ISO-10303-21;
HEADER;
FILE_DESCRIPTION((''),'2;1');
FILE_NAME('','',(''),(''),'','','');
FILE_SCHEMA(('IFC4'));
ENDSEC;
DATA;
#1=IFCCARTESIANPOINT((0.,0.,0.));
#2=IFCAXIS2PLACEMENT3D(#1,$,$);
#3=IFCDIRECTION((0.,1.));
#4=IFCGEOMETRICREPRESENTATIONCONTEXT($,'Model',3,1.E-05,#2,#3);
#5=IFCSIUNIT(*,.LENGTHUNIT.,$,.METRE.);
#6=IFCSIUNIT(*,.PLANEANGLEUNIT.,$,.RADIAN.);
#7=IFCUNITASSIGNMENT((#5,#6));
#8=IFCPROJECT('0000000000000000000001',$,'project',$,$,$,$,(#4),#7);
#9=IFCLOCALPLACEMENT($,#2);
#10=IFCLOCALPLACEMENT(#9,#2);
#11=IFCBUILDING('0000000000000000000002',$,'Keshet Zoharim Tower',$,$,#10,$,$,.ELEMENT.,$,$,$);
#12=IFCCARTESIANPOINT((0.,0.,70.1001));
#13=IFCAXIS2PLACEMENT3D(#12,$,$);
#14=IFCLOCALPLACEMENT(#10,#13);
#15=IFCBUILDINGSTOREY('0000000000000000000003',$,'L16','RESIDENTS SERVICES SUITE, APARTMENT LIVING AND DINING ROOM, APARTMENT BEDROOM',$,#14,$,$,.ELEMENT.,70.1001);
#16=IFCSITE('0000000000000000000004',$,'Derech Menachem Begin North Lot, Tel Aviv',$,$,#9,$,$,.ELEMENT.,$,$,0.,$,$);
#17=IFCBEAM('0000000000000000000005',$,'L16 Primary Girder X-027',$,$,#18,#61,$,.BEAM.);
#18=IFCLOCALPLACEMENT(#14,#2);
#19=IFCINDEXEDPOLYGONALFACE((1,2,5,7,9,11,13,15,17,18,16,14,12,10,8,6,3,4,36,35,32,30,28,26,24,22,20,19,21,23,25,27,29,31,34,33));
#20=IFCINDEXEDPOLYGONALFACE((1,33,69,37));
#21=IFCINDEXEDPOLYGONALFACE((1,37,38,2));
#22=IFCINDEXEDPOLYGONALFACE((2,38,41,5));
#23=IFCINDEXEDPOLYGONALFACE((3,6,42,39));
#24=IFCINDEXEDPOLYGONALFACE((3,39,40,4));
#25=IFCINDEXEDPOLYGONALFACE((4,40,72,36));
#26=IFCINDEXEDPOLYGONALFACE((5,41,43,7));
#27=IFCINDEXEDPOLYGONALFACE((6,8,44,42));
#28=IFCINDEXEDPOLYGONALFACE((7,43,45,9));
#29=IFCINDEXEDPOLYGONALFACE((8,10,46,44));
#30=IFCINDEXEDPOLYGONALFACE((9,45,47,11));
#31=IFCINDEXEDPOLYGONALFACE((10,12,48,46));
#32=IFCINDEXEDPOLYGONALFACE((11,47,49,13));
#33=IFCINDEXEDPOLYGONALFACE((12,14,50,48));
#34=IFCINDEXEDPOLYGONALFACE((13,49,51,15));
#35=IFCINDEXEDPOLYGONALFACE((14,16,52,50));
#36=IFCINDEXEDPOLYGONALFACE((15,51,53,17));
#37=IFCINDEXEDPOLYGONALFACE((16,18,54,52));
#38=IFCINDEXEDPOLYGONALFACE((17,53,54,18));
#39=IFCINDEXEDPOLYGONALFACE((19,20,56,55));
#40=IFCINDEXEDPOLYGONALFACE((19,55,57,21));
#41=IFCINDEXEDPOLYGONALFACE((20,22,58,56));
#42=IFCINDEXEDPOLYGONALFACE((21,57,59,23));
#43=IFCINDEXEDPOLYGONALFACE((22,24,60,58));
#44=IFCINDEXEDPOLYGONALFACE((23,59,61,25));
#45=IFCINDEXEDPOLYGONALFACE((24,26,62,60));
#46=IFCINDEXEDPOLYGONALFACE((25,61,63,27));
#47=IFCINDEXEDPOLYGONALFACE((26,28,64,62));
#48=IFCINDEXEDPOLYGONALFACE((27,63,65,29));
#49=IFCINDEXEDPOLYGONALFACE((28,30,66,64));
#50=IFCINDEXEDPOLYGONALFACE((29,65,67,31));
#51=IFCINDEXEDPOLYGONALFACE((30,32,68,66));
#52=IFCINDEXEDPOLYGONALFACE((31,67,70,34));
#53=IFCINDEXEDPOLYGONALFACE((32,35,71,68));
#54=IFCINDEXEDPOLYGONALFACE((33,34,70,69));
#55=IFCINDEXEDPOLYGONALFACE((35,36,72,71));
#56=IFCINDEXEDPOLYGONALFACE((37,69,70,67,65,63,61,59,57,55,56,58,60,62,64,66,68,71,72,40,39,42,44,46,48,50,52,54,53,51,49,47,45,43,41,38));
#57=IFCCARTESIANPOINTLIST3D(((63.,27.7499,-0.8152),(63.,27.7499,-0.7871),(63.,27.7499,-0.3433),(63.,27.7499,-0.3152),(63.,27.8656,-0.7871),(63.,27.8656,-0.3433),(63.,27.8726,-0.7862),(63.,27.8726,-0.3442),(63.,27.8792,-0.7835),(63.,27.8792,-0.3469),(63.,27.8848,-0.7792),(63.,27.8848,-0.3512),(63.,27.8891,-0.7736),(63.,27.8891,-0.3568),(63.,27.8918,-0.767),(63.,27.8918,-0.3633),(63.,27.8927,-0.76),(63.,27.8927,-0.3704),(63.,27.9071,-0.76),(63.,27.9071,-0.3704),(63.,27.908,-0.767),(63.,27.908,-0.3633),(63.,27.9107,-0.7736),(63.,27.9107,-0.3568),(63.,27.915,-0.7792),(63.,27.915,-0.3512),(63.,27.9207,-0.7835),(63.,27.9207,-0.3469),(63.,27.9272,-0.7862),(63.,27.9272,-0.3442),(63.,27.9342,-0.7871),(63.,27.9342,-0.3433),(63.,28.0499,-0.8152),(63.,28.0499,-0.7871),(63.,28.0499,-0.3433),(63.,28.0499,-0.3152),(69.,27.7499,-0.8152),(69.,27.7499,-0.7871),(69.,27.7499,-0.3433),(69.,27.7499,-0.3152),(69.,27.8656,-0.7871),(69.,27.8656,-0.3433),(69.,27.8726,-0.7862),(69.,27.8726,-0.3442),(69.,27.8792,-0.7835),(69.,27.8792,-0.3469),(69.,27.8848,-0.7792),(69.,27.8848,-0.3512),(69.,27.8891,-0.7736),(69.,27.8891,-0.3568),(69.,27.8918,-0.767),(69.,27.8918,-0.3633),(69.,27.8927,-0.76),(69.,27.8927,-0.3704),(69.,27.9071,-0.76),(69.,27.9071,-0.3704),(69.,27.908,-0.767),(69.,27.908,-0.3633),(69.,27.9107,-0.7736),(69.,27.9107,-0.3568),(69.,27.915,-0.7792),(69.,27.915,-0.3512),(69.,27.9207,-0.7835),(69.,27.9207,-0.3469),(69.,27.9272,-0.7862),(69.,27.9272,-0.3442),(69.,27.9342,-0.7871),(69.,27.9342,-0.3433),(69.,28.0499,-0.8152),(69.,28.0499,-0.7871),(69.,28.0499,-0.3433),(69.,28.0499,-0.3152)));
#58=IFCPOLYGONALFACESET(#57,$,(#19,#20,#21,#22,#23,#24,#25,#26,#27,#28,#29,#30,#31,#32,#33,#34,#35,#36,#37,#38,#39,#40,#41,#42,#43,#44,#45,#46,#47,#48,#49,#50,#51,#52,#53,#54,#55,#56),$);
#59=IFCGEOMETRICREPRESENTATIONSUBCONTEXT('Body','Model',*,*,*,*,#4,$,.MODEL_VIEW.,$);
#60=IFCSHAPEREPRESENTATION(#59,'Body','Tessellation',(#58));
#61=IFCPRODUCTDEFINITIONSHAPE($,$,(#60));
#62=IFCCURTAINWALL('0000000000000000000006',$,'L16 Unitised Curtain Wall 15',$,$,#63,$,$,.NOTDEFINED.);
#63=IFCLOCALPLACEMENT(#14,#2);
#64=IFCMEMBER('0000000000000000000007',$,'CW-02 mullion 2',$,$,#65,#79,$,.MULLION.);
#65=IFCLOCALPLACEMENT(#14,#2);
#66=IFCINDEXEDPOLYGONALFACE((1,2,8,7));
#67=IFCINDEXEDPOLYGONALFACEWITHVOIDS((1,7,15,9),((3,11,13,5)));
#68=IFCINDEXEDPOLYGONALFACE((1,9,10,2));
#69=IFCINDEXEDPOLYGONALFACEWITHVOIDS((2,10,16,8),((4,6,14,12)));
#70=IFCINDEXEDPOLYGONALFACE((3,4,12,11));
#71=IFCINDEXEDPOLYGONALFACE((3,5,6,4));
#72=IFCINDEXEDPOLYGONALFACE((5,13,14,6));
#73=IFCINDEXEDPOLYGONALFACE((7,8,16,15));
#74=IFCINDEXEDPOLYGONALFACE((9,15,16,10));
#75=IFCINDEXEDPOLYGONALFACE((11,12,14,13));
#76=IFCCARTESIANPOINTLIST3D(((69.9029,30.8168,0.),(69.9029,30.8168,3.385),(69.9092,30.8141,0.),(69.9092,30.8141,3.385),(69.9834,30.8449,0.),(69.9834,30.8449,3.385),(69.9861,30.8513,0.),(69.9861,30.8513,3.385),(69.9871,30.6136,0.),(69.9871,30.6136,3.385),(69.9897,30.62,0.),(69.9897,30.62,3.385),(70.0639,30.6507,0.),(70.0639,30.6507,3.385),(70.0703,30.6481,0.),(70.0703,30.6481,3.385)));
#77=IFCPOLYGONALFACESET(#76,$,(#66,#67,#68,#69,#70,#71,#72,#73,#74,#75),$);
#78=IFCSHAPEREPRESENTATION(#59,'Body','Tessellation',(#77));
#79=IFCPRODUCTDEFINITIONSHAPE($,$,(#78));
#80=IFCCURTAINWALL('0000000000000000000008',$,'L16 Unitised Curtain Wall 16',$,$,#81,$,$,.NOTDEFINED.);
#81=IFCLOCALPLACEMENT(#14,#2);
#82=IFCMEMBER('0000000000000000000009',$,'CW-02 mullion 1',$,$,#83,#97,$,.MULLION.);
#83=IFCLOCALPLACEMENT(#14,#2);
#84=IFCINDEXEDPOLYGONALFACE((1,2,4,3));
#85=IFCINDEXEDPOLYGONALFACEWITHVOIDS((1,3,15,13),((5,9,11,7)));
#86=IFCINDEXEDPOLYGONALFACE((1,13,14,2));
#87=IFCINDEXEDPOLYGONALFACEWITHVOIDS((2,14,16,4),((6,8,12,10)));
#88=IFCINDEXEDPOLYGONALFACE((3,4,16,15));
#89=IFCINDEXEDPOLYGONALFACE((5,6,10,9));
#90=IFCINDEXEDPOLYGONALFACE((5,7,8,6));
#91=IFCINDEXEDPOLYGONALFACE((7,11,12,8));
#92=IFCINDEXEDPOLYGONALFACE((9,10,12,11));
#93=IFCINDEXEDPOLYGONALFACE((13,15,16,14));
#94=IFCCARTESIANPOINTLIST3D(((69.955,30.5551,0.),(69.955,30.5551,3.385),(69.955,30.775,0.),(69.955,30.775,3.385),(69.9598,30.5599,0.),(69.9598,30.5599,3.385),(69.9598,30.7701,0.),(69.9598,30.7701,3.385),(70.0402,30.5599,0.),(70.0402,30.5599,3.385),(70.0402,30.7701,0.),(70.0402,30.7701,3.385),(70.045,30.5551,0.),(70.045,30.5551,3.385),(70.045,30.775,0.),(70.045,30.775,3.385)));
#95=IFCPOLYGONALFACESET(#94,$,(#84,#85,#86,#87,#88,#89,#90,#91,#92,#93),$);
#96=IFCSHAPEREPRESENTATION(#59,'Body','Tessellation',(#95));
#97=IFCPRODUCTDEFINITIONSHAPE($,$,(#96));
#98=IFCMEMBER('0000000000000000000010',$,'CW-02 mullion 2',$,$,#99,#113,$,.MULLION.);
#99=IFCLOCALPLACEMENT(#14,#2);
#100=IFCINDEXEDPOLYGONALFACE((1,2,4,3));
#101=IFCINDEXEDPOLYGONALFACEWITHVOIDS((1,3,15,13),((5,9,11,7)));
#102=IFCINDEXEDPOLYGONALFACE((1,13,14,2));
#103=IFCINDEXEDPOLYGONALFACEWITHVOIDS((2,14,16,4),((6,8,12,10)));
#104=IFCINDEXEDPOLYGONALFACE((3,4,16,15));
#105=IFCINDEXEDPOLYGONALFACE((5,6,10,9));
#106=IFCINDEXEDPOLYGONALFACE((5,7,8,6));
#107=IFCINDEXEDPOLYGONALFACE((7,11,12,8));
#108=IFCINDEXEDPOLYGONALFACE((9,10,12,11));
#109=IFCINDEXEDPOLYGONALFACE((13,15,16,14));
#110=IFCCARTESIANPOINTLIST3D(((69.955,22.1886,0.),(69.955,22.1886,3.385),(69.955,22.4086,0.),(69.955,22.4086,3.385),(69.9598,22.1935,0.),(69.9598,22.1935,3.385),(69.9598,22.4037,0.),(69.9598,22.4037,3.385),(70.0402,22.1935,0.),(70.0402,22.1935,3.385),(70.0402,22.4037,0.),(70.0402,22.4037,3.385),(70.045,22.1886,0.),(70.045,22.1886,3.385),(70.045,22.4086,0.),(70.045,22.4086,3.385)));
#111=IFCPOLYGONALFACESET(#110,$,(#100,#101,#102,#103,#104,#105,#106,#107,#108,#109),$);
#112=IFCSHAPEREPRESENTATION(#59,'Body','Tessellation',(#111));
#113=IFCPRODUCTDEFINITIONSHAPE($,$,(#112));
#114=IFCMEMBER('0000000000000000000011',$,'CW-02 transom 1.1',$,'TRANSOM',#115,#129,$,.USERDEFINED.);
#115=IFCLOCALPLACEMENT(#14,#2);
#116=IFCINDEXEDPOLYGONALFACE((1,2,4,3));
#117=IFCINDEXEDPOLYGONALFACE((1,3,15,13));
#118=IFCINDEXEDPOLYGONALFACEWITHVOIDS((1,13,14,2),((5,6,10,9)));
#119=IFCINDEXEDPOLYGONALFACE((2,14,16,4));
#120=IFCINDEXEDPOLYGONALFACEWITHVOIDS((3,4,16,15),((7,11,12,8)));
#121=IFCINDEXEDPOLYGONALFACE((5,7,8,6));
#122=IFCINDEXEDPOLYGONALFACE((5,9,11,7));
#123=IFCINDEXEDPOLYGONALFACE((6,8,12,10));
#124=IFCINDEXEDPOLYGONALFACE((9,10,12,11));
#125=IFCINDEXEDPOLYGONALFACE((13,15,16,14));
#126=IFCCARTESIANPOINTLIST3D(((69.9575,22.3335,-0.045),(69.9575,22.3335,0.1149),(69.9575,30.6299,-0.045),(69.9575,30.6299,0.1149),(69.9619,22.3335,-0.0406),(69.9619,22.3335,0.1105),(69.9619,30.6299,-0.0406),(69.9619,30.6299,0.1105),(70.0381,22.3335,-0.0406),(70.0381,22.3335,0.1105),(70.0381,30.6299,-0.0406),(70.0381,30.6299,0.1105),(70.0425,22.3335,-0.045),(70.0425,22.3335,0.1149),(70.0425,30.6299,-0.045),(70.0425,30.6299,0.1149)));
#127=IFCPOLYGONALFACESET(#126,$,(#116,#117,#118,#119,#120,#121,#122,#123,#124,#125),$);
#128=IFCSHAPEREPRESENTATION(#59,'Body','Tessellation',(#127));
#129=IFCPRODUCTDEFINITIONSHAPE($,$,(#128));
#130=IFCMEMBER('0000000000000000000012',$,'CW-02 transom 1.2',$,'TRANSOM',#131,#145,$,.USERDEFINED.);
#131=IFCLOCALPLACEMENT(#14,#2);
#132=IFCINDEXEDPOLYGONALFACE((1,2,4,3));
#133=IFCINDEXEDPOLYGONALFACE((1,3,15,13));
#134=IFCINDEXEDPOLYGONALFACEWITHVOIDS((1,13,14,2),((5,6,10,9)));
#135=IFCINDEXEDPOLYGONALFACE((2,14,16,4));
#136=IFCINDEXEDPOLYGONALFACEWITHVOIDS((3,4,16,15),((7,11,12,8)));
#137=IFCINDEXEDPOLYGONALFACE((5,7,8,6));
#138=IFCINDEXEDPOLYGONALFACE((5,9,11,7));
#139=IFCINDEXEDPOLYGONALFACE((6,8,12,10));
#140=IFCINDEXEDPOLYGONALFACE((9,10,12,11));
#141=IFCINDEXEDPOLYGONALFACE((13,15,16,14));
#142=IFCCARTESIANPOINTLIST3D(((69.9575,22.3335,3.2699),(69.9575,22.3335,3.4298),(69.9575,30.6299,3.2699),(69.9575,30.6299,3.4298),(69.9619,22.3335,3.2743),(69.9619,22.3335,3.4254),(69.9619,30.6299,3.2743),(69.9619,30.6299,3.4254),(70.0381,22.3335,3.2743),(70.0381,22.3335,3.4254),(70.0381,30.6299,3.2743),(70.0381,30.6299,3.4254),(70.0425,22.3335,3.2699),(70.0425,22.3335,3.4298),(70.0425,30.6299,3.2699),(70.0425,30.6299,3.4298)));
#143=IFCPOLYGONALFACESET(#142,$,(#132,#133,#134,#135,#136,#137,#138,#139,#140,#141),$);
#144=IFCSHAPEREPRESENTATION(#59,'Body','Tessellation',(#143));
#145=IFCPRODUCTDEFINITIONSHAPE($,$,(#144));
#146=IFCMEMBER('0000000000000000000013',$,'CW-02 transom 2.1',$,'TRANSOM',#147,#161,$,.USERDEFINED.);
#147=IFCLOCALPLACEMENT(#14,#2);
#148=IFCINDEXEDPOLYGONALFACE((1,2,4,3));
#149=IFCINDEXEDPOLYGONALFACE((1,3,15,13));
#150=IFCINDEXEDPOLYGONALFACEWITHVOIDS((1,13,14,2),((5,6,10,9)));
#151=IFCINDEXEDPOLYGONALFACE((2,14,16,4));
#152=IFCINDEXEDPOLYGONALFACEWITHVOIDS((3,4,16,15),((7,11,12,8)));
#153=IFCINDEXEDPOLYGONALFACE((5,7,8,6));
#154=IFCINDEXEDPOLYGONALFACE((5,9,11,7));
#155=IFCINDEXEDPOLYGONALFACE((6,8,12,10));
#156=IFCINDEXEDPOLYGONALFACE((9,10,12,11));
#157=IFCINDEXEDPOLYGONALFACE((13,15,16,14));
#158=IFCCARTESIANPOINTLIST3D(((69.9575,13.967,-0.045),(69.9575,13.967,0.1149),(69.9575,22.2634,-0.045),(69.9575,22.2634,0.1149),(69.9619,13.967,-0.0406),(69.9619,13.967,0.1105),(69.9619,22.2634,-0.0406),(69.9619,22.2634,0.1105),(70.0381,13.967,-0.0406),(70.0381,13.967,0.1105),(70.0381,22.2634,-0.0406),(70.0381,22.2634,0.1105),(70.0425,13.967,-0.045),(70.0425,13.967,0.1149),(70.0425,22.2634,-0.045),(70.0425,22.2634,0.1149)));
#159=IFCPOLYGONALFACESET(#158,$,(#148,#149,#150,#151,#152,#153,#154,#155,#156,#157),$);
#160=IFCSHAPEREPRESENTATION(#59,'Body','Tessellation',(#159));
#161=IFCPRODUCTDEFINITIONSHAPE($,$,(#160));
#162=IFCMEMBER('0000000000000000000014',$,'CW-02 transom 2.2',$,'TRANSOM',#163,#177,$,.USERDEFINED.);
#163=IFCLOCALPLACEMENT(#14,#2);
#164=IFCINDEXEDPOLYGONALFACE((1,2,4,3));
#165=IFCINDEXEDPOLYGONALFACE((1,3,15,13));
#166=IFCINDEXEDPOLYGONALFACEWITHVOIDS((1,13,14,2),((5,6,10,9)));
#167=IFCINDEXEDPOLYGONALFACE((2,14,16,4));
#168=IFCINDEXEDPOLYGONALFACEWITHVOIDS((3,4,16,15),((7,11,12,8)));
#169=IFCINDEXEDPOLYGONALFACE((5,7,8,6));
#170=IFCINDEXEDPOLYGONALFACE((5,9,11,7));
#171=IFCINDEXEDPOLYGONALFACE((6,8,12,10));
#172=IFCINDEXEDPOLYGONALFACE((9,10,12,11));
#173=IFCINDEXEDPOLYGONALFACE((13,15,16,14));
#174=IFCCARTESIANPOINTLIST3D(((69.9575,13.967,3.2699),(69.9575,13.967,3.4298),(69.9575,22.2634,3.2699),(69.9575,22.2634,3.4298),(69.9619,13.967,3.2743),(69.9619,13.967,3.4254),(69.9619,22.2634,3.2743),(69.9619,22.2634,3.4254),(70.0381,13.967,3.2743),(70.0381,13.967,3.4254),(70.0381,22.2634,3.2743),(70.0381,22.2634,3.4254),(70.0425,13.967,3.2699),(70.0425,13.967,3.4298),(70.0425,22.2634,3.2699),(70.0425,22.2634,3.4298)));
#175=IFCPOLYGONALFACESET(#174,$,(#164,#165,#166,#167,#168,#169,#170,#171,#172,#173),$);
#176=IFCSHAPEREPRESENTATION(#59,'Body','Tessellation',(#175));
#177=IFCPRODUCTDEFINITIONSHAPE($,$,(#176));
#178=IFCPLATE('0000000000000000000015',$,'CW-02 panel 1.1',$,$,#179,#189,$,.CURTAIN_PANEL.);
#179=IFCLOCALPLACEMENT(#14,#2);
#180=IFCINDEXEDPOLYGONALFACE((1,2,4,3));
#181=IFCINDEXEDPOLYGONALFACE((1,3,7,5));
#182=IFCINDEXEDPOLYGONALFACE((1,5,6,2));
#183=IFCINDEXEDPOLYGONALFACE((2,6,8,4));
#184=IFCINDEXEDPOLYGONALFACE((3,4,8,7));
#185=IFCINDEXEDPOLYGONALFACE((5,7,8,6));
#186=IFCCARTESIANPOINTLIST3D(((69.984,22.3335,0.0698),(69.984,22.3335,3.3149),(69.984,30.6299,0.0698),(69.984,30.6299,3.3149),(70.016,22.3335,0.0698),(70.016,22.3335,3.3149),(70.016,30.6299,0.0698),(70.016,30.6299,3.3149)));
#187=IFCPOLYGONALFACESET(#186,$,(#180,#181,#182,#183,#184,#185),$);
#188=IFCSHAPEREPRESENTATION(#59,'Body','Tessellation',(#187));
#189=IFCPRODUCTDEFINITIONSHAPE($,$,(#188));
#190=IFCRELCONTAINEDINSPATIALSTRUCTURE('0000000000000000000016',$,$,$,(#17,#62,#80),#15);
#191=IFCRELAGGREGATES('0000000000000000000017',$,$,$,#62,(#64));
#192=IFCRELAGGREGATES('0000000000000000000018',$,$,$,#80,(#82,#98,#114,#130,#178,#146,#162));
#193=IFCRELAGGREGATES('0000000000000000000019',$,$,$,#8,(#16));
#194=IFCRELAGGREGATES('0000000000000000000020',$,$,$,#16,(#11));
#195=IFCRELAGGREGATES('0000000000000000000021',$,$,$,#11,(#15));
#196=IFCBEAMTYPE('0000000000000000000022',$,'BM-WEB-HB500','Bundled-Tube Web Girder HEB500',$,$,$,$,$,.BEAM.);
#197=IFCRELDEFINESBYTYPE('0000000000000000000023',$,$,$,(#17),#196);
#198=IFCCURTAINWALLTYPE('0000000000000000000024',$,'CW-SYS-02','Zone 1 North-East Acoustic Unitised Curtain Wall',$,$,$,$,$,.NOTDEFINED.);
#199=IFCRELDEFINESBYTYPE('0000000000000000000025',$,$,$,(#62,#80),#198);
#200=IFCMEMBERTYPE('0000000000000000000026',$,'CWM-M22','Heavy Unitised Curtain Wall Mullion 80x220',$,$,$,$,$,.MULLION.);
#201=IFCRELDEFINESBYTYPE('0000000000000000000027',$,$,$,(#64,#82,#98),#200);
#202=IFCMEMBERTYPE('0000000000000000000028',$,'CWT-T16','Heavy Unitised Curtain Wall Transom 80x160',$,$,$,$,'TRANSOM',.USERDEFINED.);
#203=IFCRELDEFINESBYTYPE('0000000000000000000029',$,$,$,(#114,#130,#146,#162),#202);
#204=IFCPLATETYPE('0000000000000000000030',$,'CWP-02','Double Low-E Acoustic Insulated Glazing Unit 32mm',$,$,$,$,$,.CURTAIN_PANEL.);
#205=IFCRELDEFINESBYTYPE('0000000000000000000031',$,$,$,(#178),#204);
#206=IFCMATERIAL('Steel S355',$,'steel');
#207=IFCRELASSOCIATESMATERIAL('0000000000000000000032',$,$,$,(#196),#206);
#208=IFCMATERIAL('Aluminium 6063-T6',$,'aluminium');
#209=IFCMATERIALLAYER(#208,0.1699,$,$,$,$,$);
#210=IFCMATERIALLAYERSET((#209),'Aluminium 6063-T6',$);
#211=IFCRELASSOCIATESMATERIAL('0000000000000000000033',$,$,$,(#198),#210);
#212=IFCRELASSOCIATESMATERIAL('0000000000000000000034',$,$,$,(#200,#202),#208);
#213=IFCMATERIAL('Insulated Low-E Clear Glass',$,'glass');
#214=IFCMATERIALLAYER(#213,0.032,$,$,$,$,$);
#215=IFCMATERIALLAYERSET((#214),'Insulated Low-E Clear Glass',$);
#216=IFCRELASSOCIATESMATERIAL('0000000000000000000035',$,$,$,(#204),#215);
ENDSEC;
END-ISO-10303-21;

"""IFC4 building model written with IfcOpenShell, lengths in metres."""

from ifc_helpers import new_model, si_unit, direction, frame, origin, origin_2d, place, context, subcontext, project, spatial, rectangle, hollow_rectangle, i_section, extrude, material, layer, layer_set, material_profile, profile_set, type_object, element, aggregate, save


model = new_model("IFC4")

# Units and contexts
model_context = context("Model", 3, precision=1e-05, world=origin(), true_north=direction((0.0, 1.0)))
body_context = subcontext(model_context, "Body", "Model", "MODEL_VIEW")
ifc_project = project(units=[si_unit("LENGTHUNIT", "METRE"), si_unit("PLANEANGLEUNIT", "RADIAN")], contexts=[model_context])

# Site, building, storey
site_placement = place(None, origin())
site = spatial("IfcSite", under=ifc_project, at=site_placement, Name="Derech Menachem Begin North Lot, Tel Aviv", CompositionType="ELEMENT", RefElevation=0.0)
building_placement = place(site_placement, origin())
building = spatial("IfcBuilding", under=site, at=building_placement, Name="Keshet Zoharim Tower", CompositionType="ELEMENT")
storey_placement = place(building_placement, frame((0.0, 0.0, 70.1001)))
storey = spatial("IfcBuildingStorey", under=building, at=storey_placement, Name="L16", Description="RESIDENTS SERVICES SUITE, APARTMENT LIVING AND DINING ROOM, APARTMENT BEDROOM", CompositionType="ELEMENT", Elevation=70.1001)

# Shared definitions
ifc_material_1 = material(Name="Steel S355", Category="steel")

# Beam
ifc_material_profile_1 = material_profile(ifc_material_1, i_section(OverallWidth=0.3, OverallDepth=0.5, WebThickness=0.0144, FlangeThickness=0.0281, FilletRadius=0.0271, at=origin_2d()), Name="HEB500")
ifc_profile_set_1 = profile_set([ifc_material_profile_1], Name="Steel S355")
beam_type_1 = type_object("IfcBeamType", Name="BM-WEB-HB500", Description="Bundled-Tube Web Girder HEB500", PredefinedType="BEAM", material=ifc_profile_set_1)
for number, where, z_axis, x_axis, name in (
    (1, (63.0, 27.8999, -0.5652), (1.0, 0.0, 0.0), (0.0, 1.0, 0.0), "L16 Primary Girder X-027"),
):
    element("IfcBeam", number, at=place(storey_placement, frame(where, z_axis=z_axis, x_axis=x_axis)), inside=storey, type_object=beam_type_1, Name=name, PredefinedType="BEAM", context=body_context, shape_type="SweptSolid", body=[
        extrude(i_section(OverallWidth=0.3, OverallDepth=0.5, WebThickness=0.0144, FlangeThickness=0.0281, FilletRadius=0.0271, at=origin_2d()), origin(), (0.0, 0.0, 1.0), 6.0),
    ])

# Curtain wall, member
ifc_material_2 = material(Name="Aluminium 6063-T6", Category="aluminium")
ifc_layer_1 = layer(ifc_material_2, 0.1699)
ifc_layer_set_1 = layer_set([ifc_layer_1], Name="Aluminium 6063-T6")
curtain_wall_type = type_object("IfcCurtainWallType", Name="CW-SYS-02", Description="Zone 1 North-East Acoustic Unitised Curtain Wall", PredefinedType="NOTDEFINED", material=ifc_layer_set_1)
curtain_wall_1_placement = place(storey_placement, origin())
curtain_wall_1 = element("IfcCurtainWall", 2, at=curtain_wall_1_placement, inside=storey, type_object=curtain_wall_type, Name="L16 Unitised Curtain Wall 15", PredefinedType="NOTDEFINED")
ifc_material_profile_2 = material_profile(ifc_material_2, hollow_rectangle(XDim=0.0901, YDim=0.22, WallThickness=0.0049, at=origin_2d()), Name="MUL-90x220")
ifc_profile_set_2 = profile_set([ifc_material_profile_2], Name="Aluminium 6063-T6")
member_type_1 = type_object("IfcMemberType", Name="CWM-M22", Description="Heavy Unitised Curtain Wall Mullion 80x220", PredefinedType="MULLION", material=ifc_profile_set_2)
member_1_placement = place(storey_placement, frame((69.9866, 30.7324, 0.0), z_axis=(0.0, 0.0, 1.0), x_axis=(0.92381, 0.382852, 0.0)))
member_1 = element("IfcMember", 3, at=member_1_placement, type_object=member_type_1, Name="CW-02 mullion 2", PredefinedType="MULLION", context=body_context, shape_type="SweptSolid", body=[
    extrude(hollow_rectangle(XDim=0.0901, YDim=0.22, WallThickness=0.0049, at=origin_2d()), origin(), (0.0, 0.0, 1.0), 3.385),
])
aggregate(curtain_wall_1, [member_1])

# Curtain wall, members, plate
curtain_wall_2_placement = place(storey_placement, origin())
curtain_wall_2 = element("IfcCurtainWall", 4, at=curtain_wall_2_placement, inside=storey, type_object=curtain_wall_type, Name="L16 Unitised Curtain Wall 16", PredefinedType="NOTDEFINED")
member_2_placement = place(storey_placement, frame((70.0, 30.665, 0.0), z_axis=(0.0, 0.0, 1.0), x_axis=(1.0, 0.0, 0.0)))
member_2 = element("IfcMember", 5, at=member_2_placement, type_object=member_type_1, Name="CW-02 mullion 1", PredefinedType="MULLION", context=body_context, shape_type="SweptSolid", body=[
    extrude(hollow_rectangle(XDim=0.0901, YDim=0.22, WallThickness=0.0049, at=origin_2d()), origin(), (0.0, 0.0, 1.0), 3.385),
])
member_3_placement = place(storey_placement, frame((70.0, 22.2986, 0.0), z_axis=(0.0, 0.0, 1.0), x_axis=(1.0, 0.0, 0.0)))
member_3 = element("IfcMember", 6, at=member_3_placement, type_object=member_type_1, Name="CW-02 mullion 2", PredefinedType="MULLION", context=body_context, shape_type="SweptSolid", body=[
    extrude(hollow_rectangle(XDim=0.0901, YDim=0.22, WallThickness=0.0049, at=origin_2d()), origin(), (0.0, 0.0, 1.0), 3.385),
])
ifc_material_profile_3 = material_profile(ifc_material_2, hollow_rectangle(XDim=0.085, YDim=0.1599, WallThickness=0.0044, at=origin_2d()), Name="TRN-85x160")
ifc_profile_set_3 = profile_set([ifc_material_profile_3], Name="Aluminium 6063-T6")
member_type_2 = type_object("IfcMemberType", Name="CWT-T16", Description="Heavy Unitised Curtain Wall Transom 80x160", ElementType="TRANSOM", PredefinedType="USERDEFINED", material=ifc_profile_set_3)
member_4_placement = place(storey_placement, frame((70.0, 30.6299, 0.0349), z_axis=(0.0, -1.0, 0.0), x_axis=(1.0, 0.0, 0.0)))
member_4 = element("IfcMember", 7, at=member_4_placement, type_object=member_type_2, Name="CW-02 transom 1.1", ObjectType="TRANSOM", PredefinedType="USERDEFINED", context=body_context, shape_type="SweptSolid", body=[
    extrude(hollow_rectangle(XDim=0.085, YDim=0.1599, WallThickness=0.0044, at=origin_2d()), origin(), (0.0, 0.0, 1.0), 8.2964),
])
member_5_placement = place(storey_placement, frame((70.0, 30.6299, 3.3499), z_axis=(0.0, -1.0, 0.0), x_axis=(1.0, 0.0, 0.0)))
member_5 = element("IfcMember", 8, at=member_5_placement, type_object=member_type_2, Name="CW-02 transom 1.2", ObjectType="TRANSOM", PredefinedType="USERDEFINED", context=body_context, shape_type="SweptSolid", body=[
    extrude(hollow_rectangle(XDim=0.085, YDim=0.1599, WallThickness=0.0044, at=origin_2d()), origin(), (0.0, 0.0, 1.0), 8.2964),
])
member_6_placement = place(storey_placement, frame((70.0, 22.2634, 0.0349), z_axis=(0.0, -1.0, 0.0), x_axis=(1.0, 0.0, 0.0)))
member_6 = element("IfcMember", 9, at=member_6_placement, type_object=member_type_2, Name="CW-02 transom 2.1", ObjectType="TRANSOM", PredefinedType="USERDEFINED", context=body_context, shape_type="SweptSolid", body=[
    extrude(hollow_rectangle(XDim=0.085, YDim=0.1599, WallThickness=0.0044, at=origin_2d()), origin(), (0.0, 0.0, 1.0), 8.2964),
])
member_7_placement = place(storey_placement, frame((70.0, 22.2634, 3.3499), z_axis=(0.0, -1.0, 0.0), x_axis=(1.0, 0.0, 0.0)))
member_7 = element("IfcMember", 10, at=member_7_placement, type_object=member_type_2, Name="CW-02 transom 2.2", ObjectType="TRANSOM", PredefinedType="USERDEFINED", context=body_context, shape_type="SweptSolid", body=[
    extrude(hollow_rectangle(XDim=0.085, YDim=0.1599, WallThickness=0.0044, at=origin_2d()), origin(), (0.0, 0.0, 1.0), 8.2964),
])
ifc_material_3 = material(Name="Insulated Low-E Clear Glass", Category="glass")
ifc_layer_2 = layer(ifc_material_3, 0.032)
ifc_layer_set_2 = layer_set([ifc_layer_2], Name="Insulated Low-E Clear Glass")
plate_type = type_object("IfcPlateType", Name="CWP-02", Description="Double Low-E Acoustic Insulated Glazing Unit 32mm", PredefinedType="CURTAIN_PANEL", material=ifc_layer_set_2)
plate_1_placement = place(storey_placement, frame((70.0, 26.4817, 0.0698), z_axis=(0.0, 0.0, 1.0), x_axis=(0.0, -1.0, 0.0)))
plate_1 = element("IfcPlate", 11, at=plate_1_placement, type_object=plate_type, Name="CW-02 panel 1.1", PredefinedType="CURTAIN_PANEL", context=body_context, shape_type="SweptSolid", body=[
    extrude(rectangle(XDim=8.2964, YDim=0.032, at=origin_2d()), origin(), (0.0, 0.0, 1.0), 3.2451),
])
aggregate(curtain_wall_2, [member_2, member_3, member_4, member_5, plate_1, member_6, member_7])

save(model, "model.ifc")
